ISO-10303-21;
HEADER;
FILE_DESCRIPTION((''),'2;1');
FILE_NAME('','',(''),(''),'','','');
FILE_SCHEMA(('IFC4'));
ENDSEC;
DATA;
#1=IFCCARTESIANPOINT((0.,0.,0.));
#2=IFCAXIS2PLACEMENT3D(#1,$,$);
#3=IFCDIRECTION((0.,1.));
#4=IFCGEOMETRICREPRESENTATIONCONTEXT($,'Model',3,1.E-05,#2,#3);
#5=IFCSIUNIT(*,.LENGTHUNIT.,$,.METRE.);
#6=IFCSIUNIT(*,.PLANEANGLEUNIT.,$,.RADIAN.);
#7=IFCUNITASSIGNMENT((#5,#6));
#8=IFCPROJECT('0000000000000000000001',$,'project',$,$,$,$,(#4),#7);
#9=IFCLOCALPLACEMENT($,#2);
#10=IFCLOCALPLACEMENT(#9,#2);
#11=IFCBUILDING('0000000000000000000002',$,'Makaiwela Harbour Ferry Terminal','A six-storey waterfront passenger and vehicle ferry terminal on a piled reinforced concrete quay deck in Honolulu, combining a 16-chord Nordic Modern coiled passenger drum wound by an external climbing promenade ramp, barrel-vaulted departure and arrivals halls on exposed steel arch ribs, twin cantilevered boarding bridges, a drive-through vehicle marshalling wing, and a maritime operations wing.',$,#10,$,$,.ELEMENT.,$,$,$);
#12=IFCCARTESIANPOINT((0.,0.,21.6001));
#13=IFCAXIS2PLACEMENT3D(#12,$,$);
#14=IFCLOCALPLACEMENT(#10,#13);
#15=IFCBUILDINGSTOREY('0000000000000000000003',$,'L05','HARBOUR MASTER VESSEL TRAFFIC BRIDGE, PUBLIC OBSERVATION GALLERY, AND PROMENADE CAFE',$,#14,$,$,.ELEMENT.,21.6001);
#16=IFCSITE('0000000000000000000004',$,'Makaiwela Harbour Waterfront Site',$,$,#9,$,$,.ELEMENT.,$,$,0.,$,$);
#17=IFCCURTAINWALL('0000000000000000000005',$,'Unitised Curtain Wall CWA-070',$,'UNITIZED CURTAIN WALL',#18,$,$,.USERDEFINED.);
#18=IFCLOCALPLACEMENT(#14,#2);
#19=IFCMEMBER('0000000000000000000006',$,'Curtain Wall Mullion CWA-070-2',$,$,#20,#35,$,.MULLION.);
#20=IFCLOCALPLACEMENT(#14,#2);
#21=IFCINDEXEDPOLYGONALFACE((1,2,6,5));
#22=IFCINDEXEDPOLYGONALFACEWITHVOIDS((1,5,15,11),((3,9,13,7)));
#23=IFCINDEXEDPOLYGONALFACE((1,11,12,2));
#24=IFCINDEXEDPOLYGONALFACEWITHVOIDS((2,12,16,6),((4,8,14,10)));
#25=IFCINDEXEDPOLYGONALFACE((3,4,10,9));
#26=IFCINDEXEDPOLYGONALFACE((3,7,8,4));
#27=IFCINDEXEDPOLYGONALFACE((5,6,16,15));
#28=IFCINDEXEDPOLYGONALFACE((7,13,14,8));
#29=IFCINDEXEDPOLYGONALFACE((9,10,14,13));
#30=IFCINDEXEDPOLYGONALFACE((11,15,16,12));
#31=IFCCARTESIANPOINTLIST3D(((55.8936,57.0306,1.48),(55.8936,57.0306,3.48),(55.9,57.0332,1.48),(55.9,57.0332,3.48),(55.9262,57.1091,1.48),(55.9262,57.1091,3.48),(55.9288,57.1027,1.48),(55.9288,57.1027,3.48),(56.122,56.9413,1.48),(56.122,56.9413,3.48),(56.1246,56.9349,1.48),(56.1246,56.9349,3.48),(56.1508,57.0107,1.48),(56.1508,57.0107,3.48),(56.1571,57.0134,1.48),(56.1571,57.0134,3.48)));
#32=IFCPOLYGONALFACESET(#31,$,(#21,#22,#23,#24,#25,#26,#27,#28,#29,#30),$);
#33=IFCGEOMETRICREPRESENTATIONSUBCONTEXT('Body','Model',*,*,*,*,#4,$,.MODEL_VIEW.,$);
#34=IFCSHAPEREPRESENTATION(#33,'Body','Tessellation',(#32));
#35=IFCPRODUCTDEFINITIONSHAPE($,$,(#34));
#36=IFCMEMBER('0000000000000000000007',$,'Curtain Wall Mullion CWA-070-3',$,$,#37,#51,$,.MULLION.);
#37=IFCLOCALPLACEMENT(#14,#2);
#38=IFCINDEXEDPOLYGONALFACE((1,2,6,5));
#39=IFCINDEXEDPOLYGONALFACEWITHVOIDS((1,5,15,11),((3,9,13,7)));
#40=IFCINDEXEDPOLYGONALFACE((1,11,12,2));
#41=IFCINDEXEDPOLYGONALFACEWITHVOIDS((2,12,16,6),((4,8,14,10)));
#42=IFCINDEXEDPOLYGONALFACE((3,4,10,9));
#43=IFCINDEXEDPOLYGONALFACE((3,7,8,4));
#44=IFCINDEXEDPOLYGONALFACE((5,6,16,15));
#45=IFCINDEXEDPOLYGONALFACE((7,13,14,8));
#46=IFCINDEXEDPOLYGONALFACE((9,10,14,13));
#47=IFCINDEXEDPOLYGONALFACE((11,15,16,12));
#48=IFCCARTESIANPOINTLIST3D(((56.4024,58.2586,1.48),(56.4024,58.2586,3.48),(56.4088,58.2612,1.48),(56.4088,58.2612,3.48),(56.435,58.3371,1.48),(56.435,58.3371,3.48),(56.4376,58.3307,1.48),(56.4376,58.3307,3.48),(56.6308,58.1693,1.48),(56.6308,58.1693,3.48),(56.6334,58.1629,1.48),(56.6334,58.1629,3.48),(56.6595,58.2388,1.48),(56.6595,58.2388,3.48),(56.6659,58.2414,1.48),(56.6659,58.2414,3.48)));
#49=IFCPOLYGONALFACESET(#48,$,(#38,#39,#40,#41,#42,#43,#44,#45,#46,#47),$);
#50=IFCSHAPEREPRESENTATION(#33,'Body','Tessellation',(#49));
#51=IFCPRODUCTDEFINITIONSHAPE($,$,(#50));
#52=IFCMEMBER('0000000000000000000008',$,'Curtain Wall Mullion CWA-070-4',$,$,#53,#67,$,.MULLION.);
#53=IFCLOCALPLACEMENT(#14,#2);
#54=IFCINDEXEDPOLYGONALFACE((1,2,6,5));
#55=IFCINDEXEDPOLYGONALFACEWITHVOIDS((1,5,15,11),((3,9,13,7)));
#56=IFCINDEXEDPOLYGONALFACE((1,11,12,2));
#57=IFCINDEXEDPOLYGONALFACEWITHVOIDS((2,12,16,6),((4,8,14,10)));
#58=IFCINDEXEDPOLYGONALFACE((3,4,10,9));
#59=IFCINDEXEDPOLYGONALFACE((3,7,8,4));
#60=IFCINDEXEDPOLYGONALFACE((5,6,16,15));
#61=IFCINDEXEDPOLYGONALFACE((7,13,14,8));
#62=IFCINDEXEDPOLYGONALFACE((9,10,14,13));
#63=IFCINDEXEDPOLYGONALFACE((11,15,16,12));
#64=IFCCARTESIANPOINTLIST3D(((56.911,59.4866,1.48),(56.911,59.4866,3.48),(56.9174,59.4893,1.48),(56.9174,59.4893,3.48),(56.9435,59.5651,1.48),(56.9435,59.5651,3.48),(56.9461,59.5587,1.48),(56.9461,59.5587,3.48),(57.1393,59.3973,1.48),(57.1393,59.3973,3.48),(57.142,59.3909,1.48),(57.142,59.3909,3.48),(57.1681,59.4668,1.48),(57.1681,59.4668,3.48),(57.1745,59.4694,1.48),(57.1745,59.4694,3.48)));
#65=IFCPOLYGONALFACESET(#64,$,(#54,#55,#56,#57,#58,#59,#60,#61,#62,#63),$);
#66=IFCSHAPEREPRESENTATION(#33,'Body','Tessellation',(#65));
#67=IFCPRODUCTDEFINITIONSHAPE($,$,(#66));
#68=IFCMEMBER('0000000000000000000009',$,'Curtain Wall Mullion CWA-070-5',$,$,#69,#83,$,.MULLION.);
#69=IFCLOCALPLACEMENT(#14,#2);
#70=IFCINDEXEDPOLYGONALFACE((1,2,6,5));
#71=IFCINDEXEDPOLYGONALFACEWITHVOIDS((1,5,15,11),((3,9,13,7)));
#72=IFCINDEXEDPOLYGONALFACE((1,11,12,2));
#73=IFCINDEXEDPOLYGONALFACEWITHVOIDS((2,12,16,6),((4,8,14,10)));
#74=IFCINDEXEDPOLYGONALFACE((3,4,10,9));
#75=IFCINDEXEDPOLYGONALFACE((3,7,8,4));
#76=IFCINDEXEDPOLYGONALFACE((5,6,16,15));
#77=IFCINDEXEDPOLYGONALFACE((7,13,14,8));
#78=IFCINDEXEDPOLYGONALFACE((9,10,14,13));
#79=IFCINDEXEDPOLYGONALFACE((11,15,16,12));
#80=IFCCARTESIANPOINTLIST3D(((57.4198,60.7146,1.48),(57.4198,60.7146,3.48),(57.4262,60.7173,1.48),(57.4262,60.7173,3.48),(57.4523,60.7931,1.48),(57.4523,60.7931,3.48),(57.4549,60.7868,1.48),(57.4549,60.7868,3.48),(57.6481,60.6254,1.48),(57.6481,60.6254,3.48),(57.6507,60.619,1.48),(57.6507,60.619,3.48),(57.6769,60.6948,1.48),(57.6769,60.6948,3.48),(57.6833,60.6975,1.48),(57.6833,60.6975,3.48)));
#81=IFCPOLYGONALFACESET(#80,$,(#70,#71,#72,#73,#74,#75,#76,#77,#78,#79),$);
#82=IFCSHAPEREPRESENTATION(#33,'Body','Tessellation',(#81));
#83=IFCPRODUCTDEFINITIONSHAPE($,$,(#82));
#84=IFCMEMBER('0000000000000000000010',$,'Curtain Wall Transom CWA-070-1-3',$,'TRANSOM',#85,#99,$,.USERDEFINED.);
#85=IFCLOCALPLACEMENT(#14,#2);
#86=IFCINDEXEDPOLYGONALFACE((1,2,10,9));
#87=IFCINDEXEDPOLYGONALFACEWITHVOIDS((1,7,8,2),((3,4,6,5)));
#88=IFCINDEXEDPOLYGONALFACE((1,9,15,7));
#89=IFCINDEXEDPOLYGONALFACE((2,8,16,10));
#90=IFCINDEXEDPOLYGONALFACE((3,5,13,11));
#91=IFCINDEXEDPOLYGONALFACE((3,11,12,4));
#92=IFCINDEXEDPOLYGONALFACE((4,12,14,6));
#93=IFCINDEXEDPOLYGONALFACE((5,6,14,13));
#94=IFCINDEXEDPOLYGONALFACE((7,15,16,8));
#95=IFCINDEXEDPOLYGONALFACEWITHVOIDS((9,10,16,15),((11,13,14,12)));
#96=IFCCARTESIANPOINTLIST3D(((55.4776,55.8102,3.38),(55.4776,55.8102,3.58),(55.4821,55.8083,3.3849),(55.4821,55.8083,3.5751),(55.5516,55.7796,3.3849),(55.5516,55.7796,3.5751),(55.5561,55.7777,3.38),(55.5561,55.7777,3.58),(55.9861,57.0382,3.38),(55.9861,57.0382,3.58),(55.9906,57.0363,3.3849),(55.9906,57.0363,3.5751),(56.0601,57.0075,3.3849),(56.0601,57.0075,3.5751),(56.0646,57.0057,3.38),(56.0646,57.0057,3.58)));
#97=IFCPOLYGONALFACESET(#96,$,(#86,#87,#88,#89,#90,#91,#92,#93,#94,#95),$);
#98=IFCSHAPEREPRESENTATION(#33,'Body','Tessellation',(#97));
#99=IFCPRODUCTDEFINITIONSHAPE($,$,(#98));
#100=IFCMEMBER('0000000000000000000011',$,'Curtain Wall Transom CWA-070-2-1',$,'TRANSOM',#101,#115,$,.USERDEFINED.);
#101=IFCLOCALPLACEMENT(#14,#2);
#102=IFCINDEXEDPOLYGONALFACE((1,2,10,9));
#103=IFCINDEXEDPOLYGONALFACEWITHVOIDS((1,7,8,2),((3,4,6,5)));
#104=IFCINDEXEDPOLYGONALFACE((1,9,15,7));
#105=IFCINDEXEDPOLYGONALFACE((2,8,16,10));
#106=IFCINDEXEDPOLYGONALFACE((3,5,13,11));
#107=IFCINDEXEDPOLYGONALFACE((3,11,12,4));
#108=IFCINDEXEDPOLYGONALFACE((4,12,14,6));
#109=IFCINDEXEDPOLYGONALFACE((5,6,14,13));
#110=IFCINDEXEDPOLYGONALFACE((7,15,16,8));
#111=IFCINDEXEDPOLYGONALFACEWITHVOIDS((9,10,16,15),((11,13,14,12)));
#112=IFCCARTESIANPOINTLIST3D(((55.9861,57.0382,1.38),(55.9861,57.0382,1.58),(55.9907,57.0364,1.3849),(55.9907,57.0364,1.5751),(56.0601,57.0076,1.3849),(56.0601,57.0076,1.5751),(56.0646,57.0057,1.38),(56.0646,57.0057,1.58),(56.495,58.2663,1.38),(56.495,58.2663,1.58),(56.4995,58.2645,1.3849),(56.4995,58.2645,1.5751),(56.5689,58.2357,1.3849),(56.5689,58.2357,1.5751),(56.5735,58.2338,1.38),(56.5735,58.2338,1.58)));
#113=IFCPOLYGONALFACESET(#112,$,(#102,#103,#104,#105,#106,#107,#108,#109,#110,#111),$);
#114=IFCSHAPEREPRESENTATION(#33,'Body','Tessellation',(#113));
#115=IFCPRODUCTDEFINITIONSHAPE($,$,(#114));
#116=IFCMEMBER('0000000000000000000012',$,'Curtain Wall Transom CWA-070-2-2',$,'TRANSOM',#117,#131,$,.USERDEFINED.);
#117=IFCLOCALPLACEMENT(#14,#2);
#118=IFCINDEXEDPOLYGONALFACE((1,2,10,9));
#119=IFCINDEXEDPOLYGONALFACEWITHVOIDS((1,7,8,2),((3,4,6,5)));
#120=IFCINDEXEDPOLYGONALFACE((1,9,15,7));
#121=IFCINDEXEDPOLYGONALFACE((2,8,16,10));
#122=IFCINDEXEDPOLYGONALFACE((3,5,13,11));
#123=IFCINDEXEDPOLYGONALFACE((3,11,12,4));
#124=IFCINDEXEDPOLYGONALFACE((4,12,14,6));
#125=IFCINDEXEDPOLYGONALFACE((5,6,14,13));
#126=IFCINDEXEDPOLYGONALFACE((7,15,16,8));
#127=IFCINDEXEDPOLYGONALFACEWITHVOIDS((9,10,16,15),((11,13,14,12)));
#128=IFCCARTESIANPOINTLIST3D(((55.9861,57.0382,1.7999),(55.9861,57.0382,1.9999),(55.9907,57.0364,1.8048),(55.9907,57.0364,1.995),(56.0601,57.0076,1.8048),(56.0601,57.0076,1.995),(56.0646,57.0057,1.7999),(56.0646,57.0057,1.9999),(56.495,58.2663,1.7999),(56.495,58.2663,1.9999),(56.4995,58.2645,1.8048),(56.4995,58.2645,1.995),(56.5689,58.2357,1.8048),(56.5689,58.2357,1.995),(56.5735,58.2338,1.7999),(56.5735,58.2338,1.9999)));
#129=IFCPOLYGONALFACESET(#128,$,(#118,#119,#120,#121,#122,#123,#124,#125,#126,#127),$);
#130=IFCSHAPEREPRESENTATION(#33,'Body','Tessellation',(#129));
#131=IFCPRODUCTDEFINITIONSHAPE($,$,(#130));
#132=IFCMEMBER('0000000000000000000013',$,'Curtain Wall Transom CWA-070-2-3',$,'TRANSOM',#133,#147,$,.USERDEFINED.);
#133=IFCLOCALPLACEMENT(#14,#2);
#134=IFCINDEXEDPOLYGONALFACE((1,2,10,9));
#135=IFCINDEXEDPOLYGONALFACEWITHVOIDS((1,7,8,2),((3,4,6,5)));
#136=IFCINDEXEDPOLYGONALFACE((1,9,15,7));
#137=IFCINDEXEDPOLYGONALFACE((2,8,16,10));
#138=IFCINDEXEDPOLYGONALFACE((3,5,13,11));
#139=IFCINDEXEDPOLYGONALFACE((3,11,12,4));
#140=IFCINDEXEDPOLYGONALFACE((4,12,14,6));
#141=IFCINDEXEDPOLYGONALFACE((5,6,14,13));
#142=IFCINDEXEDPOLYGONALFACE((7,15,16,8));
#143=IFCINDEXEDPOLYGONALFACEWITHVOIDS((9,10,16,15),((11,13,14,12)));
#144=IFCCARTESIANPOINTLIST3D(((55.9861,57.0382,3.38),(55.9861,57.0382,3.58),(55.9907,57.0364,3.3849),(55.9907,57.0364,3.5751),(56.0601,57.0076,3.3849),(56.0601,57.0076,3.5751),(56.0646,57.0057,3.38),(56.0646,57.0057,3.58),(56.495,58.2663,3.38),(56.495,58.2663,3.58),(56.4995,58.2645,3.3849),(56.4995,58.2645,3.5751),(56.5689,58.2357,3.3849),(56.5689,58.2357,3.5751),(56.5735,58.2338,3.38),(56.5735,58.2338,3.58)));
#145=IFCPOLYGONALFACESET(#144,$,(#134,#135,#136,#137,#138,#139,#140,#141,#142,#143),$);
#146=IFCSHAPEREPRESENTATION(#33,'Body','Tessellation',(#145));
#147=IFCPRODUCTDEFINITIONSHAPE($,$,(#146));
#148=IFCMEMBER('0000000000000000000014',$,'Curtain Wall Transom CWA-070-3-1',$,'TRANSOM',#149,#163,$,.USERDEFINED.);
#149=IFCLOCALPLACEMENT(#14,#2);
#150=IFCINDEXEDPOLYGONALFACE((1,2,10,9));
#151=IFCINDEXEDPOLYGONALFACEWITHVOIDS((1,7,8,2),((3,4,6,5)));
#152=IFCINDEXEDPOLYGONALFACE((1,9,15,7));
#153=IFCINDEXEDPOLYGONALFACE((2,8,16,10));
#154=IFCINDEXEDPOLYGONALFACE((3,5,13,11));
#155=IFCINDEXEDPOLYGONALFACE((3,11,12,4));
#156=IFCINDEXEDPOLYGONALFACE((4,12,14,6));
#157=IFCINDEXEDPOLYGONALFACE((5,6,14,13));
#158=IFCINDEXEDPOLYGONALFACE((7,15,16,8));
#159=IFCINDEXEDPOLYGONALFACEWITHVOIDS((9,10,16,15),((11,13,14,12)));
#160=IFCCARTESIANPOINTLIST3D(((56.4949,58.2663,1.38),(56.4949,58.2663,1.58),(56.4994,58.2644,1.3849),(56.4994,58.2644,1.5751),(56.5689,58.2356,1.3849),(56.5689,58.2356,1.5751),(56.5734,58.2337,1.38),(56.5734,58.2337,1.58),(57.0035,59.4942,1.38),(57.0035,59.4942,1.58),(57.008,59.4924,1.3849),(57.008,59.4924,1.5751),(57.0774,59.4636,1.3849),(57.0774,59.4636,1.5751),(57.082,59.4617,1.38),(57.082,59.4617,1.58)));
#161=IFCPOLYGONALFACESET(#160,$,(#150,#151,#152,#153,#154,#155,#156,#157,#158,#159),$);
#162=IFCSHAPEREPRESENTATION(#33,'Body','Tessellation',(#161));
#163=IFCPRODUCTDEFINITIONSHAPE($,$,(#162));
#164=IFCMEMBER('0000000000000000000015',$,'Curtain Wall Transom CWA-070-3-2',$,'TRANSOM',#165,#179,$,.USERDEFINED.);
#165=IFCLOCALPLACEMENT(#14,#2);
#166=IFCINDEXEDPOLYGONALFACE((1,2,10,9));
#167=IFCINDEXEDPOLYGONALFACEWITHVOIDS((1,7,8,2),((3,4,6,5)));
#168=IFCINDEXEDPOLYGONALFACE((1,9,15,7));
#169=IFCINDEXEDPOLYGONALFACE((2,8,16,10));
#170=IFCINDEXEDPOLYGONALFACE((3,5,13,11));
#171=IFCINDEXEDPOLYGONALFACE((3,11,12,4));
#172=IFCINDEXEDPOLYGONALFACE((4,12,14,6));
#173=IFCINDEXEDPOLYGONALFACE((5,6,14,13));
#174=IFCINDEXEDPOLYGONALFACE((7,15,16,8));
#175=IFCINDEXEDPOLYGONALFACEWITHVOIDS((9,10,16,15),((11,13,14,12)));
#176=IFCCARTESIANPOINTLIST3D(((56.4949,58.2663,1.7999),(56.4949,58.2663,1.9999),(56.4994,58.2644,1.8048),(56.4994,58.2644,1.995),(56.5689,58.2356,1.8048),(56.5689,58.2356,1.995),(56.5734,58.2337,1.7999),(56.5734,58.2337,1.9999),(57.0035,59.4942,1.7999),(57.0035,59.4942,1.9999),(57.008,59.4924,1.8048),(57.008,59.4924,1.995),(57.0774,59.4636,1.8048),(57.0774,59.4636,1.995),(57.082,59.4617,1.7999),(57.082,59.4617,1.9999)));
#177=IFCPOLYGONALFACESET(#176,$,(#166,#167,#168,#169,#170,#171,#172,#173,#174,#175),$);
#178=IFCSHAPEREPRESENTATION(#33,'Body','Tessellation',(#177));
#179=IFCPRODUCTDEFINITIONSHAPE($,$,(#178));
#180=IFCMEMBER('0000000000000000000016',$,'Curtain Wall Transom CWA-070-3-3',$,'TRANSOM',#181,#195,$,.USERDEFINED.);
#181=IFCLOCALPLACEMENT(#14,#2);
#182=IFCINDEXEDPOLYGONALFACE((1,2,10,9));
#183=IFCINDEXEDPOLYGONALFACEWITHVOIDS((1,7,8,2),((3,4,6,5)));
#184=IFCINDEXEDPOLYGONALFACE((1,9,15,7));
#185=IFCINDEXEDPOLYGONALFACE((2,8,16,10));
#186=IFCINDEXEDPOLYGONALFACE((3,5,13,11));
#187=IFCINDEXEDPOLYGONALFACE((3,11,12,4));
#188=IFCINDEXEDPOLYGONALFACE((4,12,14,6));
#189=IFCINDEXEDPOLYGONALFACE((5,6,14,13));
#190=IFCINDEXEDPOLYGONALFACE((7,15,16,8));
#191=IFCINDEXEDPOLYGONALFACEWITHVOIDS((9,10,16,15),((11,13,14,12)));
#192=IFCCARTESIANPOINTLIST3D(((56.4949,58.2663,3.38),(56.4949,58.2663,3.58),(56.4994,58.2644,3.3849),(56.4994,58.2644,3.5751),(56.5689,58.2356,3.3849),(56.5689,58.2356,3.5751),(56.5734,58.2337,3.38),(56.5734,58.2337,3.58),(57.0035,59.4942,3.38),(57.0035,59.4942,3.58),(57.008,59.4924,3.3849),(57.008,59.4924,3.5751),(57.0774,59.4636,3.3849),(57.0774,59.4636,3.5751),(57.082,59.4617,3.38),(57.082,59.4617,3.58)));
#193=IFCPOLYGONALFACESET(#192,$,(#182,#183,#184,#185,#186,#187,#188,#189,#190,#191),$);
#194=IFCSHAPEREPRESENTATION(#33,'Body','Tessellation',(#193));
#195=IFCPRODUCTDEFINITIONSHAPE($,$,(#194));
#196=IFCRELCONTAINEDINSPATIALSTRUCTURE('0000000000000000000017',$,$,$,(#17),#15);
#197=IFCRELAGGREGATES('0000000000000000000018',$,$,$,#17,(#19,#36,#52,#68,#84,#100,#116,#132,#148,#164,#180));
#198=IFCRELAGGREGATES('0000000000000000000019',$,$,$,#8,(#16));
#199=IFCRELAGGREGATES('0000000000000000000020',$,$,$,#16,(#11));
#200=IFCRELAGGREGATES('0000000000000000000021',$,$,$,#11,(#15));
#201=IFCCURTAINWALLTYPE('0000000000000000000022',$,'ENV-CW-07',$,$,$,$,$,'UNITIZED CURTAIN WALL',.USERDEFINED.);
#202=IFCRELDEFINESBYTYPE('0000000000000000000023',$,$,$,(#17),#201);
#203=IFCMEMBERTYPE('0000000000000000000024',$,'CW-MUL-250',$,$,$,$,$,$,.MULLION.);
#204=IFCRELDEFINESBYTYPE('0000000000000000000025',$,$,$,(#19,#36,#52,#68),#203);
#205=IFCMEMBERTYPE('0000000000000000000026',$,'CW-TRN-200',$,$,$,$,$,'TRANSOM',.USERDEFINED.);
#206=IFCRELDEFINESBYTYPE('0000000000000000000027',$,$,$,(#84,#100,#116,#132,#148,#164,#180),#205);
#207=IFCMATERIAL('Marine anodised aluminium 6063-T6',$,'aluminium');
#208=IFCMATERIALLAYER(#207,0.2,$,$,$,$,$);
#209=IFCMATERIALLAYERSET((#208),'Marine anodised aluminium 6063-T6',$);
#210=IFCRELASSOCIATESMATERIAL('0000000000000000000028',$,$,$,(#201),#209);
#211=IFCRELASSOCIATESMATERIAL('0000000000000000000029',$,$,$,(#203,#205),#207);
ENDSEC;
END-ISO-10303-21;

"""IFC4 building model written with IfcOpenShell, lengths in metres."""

from ifc_helpers import new_model, si_unit, direction, frame, origin, origin_2d, place, context, subcontext, project, spatial, hollow_rectangle, extrude, material, layer, layer_set, material_profile, profile_set, type_object, element, aggregate, save


model = new_model("IFC4")

# Units and contexts
model_context = context("Model", 3, precision=1e-05, world=origin(), true_north=direction((0.0, 1.0)))
body_context = subcontext(model_context, "Body", "Model", "MODEL_VIEW")
ifc_project = project(units=[si_unit("LENGTHUNIT", "METRE"), si_unit("PLANEANGLEUNIT", "RADIAN")], contexts=[model_context])

# Site, building, storey
site_placement = place(None, origin())
site = spatial("IfcSite", under=ifc_project, at=site_placement, Name="Makaiwela Harbour Waterfront Site", CompositionType="ELEMENT", RefElevation=0.0)
building_placement = place(site_placement, origin())
building = spatial("IfcBuilding", under=site, at=building_placement, Name="Makaiwela Harbour Ferry Terminal", Description="A six-storey waterfront passenger and vehicle ferry terminal on a piled reinforced concrete quay deck in Honolulu, combining a 16-chord Nordic Modern coiled passenger drum wound by an external climbing promenade ramp, barrel-vaulted departure and arrivals halls on exposed steel arch ribs, twin cantilevered boarding bridges, a drive-through vehicle marshalling wing, and a maritime operations wing.", CompositionType="ELEMENT")
storey_placement = place(building_placement, frame((0.0, 0.0, 21.6001)))
storey = spatial("IfcBuildingStorey", under=building, at=storey_placement, Name="L05", Description="HARBOUR MASTER VESSEL TRAFFIC BRIDGE, PUBLIC OBSERVATION GALLERY, AND PROMENADE CAFE", CompositionType="ELEMENT", Elevation=21.6001)

# Curtain wall, members
ifc_material_1 = material(Name="Marine anodised aluminium 6063-T6", Category="aluminium")
ifc_layer_1 = layer(ifc_material_1, 0.2)
ifc_layer_set_1 = layer_set([ifc_layer_1], Name="Marine anodised aluminium 6063-T6")
curtain_wall_type = type_object("IfcCurtainWallType", Name="ENV-CW-07", ElementType="UNITIZED CURTAIN WALL", PredefinedType="USERDEFINED", material=ifc_layer_set_1)
curtain_wall_placement = place(storey_placement, origin())
curtain_wall = element("IfcCurtainWall", 1, at=curtain_wall_placement, inside=storey, type_object=curtain_wall_type, Name="Unitised Curtain Wall CWA-070", ObjectType="UNITIZED CURTAIN WALL", PredefinedType="USERDEFINED")
ifc_material_profile_1 = material_profile(ifc_material_1, hollow_rectangle(XDim=0.085, YDim=0.25, WallThickness=0.0049, at=origin_2d()), Name="CWM-250X85")
ifc_profile_set_1 = profile_set([ifc_material_profile_1], Name="Marine anodised aluminium 6063-T6")
member_type_1 = type_object("IfcMemberType", Name="CW-MUL-250", PredefinedType="MULLION", material=ifc_profile_set_1)
member_1_placement = place(storey_placement, frame((56.0254, 57.022, 1.48), z_axis=(0.0, 0.0, 1.0), x_axis=(0.382683, 0.92388, 0.0)))
member_1 = element("IfcMember", 2, at=member_1_placement, type_object=member_type_1, Name="Curtain Wall Mullion CWA-070-2", PredefinedType="MULLION", context=body_context, shape_type="SweptSolid", body=[
    extrude(hollow_rectangle(XDim=0.085, YDim=0.25, WallThickness=0.0049, at=origin_2d()), origin(), (0.0, 0.0, 1.0), 2.0),
])
member_2_placement = place(storey_placement, frame((56.5342, 58.25, 1.48), z_axis=(0.0, 0.0, 1.0), x_axis=(0.382683, 0.92388, 0.0)))
member_2 = element("IfcMember", 3, at=member_2_placement, type_object=member_type_1, Name="Curtain Wall Mullion CWA-070-3", PredefinedType="MULLION", context=body_context, shape_type="SweptSolid", body=[
    extrude(hollow_rectangle(XDim=0.085, YDim=0.25, WallThickness=0.0049, at=origin_2d()), origin(), (0.0, 0.0, 1.0), 2.0),
])
member_3_placement = place(storey_placement, frame((57.0427, 59.478, 1.48), z_axis=(0.0, 0.0, 1.0), x_axis=(0.382683, 0.92388, 0.0)))
member_3 = element("IfcMember", 4, at=member_3_placement, type_object=member_type_1, Name="Curtain Wall Mullion CWA-070-4", PredefinedType="MULLION", context=body_context, shape_type="SweptSolid", body=[
    extrude(hollow_rectangle(XDim=0.085, YDim=0.25, WallThickness=0.0049, at=origin_2d()), origin(), (0.0, 0.0, 1.0), 2.0),
])
member_4_placement = place(storey_placement, frame((57.5515, 60.7061, 1.48), z_axis=(0.0, 0.0, 1.0), x_axis=(0.382683, 0.92388, 0.0)))
member_4 = element("IfcMember", 5, at=member_4_placement, type_object=member_type_1, Name="Curtain Wall Mullion CWA-070-5", PredefinedType="MULLION", context=body_context, shape_type="SweptSolid", body=[
    extrude(hollow_rectangle(XDim=0.085, YDim=0.25, WallThickness=0.0049, at=origin_2d()), origin(), (0.0, 0.0, 1.0), 2.0),
])
ifc_material_profile_2 = material_profile(ifc_material_1, hollow_rectangle(XDim=0.085, YDim=0.2, WallThickness=0.0049, at=origin_2d()), Name="CWT-200X85")
ifc_profile_set_2 = profile_set([ifc_material_profile_2], Name="Marine anodised aluminium 6063-T6")
member_type_2 = type_object("IfcMemberType", Name="CW-TRN-200", ElementType="TRANSOM", PredefinedType="USERDEFINED", material=ifc_profile_set_2)
member_5_placement = place(storey_placement, frame((55.5168, 55.7939, 3.48), z_axis=(0.382606, 0.923912, 0.0), x_axis=(-0.923912, 0.382606, 0.0)))
member_5 = element("IfcMember", 6, at=member_5_placement, type_object=member_type_2, Name="Curtain Wall Transom CWA-070-1-3", ObjectType="TRANSOM", PredefinedType="USERDEFINED", context=body_context, shape_type="SweptSolid", body=[
    extrude(hollow_rectangle(XDim=0.085, YDim=0.2, WallThickness=0.0049, at=origin_2d()), origin(), (0.0, 0.0, 1.0), 1.3291),
])
member_6_placement = place(storey_placement, frame((56.0254, 57.022, 1.48), z_axis=(0.382763, 0.923847, 0.0), x_axis=(-0.923847, 0.382763, 0.0)))
member_6 = element("IfcMember", 7, at=member_6_placement, type_object=member_type_2, Name="Curtain Wall Transom CWA-070-2-1", ObjectType="TRANSOM", PredefinedType="USERDEFINED", context=body_context, shape_type="SweptSolid", body=[
    extrude(hollow_rectangle(XDim=0.085, YDim=0.2, WallThickness=0.0049, at=origin_2d()), origin(), (0.0, 0.0, 1.0), 1.3293),
])
member_7_placement = place(storey_placement, frame((56.0254, 57.022, 1.8999), z_axis=(0.382763, 0.923847, 0.0), x_axis=(-0.923847, 0.382763, 0.0)))
member_7 = element("IfcMember", 8, at=member_7_placement, type_object=member_type_2, Name="Curtain Wall Transom CWA-070-2-2", ObjectType="TRANSOM", PredefinedType="USERDEFINED", context=body_context, shape_type="SweptSolid", body=[
    extrude(hollow_rectangle(XDim=0.085, YDim=0.2, WallThickness=0.0049, at=origin_2d()), origin(), (0.0, 0.0, 1.0), 1.3293),
])
member_8_placement = place(storey_placement, frame((56.0254, 57.022, 3.48), z_axis=(0.382763, 0.923847, 0.0), x_axis=(-0.923847, 0.382763, 0.0)))
member_8 = element("IfcMember", 9, at=member_8_placement, type_object=member_type_2, Name="Curtain Wall Transom CWA-070-2-3", ObjectType="TRANSOM", PredefinedType="USERDEFINED", context=body_context, shape_type="SweptSolid", body=[
    extrude(hollow_rectangle(XDim=0.085, YDim=0.2, WallThickness=0.0049, at=origin_2d()), origin(), (0.0, 0.0, 1.0), 1.3293),
])
member_9_placement = place(storey_placement, frame((56.5342, 58.25, 1.48), z_axis=(0.382606, 0.923912, 0.0), x_axis=(-0.923912, 0.382606, 0.0)))
member_9 = element("IfcMember", 10, at=member_9_placement, type_object=member_type_2, Name="Curtain Wall Transom CWA-070-3-1", ObjectType="TRANSOM", PredefinedType="USERDEFINED", context=body_context, shape_type="SweptSolid", body=[
    extrude(hollow_rectangle(XDim=0.085, YDim=0.2, WallThickness=0.0049, at=origin_2d()), origin(), (0.0, 0.0, 1.0), 1.3291),
])
member_10_placement = place(storey_placement, frame((56.5342, 58.25, 1.8999), z_axis=(0.382606, 0.923912, 0.0), x_axis=(-0.923912, 0.382606, 0.0)))
member_10 = element("IfcMember", 11, at=member_10_placement, type_object=member_type_2, Name="Curtain Wall Transom CWA-070-3-2", ObjectType="TRANSOM", PredefinedType="USERDEFINED", context=body_context, shape_type="SweptSolid", body=[
    extrude(hollow_rectangle(XDim=0.085, YDim=0.2, WallThickness=0.0049, at=origin_2d()), origin(), (0.0, 0.0, 1.0), 1.3291),
])
member_11_placement = place(storey_placement, frame((56.5342, 58.25, 3.48), z_axis=(0.382606, 0.923912, 0.0), x_axis=(-0.923912, 0.382606, 0.0)))
member_11 = element("IfcMember", 12, at=member_11_placement, type_object=member_type_2, Name="Curtain Wall Transom CWA-070-3-3", ObjectType="TRANSOM", PredefinedType="USERDEFINED", context=body_context, shape_type="SweptSolid", body=[
    extrude(hollow_rectangle(XDim=0.085, YDim=0.2, WallThickness=0.0049, at=origin_2d()), origin(), (0.0, 0.0, 1.0), 1.3291),
])

aggregate(curtain_wall, [member_1, member_2, member_3, member_4, member_5, member_6, member_7, member_8, member_9, member_10, member_11])

save(model, "model.ifc")
